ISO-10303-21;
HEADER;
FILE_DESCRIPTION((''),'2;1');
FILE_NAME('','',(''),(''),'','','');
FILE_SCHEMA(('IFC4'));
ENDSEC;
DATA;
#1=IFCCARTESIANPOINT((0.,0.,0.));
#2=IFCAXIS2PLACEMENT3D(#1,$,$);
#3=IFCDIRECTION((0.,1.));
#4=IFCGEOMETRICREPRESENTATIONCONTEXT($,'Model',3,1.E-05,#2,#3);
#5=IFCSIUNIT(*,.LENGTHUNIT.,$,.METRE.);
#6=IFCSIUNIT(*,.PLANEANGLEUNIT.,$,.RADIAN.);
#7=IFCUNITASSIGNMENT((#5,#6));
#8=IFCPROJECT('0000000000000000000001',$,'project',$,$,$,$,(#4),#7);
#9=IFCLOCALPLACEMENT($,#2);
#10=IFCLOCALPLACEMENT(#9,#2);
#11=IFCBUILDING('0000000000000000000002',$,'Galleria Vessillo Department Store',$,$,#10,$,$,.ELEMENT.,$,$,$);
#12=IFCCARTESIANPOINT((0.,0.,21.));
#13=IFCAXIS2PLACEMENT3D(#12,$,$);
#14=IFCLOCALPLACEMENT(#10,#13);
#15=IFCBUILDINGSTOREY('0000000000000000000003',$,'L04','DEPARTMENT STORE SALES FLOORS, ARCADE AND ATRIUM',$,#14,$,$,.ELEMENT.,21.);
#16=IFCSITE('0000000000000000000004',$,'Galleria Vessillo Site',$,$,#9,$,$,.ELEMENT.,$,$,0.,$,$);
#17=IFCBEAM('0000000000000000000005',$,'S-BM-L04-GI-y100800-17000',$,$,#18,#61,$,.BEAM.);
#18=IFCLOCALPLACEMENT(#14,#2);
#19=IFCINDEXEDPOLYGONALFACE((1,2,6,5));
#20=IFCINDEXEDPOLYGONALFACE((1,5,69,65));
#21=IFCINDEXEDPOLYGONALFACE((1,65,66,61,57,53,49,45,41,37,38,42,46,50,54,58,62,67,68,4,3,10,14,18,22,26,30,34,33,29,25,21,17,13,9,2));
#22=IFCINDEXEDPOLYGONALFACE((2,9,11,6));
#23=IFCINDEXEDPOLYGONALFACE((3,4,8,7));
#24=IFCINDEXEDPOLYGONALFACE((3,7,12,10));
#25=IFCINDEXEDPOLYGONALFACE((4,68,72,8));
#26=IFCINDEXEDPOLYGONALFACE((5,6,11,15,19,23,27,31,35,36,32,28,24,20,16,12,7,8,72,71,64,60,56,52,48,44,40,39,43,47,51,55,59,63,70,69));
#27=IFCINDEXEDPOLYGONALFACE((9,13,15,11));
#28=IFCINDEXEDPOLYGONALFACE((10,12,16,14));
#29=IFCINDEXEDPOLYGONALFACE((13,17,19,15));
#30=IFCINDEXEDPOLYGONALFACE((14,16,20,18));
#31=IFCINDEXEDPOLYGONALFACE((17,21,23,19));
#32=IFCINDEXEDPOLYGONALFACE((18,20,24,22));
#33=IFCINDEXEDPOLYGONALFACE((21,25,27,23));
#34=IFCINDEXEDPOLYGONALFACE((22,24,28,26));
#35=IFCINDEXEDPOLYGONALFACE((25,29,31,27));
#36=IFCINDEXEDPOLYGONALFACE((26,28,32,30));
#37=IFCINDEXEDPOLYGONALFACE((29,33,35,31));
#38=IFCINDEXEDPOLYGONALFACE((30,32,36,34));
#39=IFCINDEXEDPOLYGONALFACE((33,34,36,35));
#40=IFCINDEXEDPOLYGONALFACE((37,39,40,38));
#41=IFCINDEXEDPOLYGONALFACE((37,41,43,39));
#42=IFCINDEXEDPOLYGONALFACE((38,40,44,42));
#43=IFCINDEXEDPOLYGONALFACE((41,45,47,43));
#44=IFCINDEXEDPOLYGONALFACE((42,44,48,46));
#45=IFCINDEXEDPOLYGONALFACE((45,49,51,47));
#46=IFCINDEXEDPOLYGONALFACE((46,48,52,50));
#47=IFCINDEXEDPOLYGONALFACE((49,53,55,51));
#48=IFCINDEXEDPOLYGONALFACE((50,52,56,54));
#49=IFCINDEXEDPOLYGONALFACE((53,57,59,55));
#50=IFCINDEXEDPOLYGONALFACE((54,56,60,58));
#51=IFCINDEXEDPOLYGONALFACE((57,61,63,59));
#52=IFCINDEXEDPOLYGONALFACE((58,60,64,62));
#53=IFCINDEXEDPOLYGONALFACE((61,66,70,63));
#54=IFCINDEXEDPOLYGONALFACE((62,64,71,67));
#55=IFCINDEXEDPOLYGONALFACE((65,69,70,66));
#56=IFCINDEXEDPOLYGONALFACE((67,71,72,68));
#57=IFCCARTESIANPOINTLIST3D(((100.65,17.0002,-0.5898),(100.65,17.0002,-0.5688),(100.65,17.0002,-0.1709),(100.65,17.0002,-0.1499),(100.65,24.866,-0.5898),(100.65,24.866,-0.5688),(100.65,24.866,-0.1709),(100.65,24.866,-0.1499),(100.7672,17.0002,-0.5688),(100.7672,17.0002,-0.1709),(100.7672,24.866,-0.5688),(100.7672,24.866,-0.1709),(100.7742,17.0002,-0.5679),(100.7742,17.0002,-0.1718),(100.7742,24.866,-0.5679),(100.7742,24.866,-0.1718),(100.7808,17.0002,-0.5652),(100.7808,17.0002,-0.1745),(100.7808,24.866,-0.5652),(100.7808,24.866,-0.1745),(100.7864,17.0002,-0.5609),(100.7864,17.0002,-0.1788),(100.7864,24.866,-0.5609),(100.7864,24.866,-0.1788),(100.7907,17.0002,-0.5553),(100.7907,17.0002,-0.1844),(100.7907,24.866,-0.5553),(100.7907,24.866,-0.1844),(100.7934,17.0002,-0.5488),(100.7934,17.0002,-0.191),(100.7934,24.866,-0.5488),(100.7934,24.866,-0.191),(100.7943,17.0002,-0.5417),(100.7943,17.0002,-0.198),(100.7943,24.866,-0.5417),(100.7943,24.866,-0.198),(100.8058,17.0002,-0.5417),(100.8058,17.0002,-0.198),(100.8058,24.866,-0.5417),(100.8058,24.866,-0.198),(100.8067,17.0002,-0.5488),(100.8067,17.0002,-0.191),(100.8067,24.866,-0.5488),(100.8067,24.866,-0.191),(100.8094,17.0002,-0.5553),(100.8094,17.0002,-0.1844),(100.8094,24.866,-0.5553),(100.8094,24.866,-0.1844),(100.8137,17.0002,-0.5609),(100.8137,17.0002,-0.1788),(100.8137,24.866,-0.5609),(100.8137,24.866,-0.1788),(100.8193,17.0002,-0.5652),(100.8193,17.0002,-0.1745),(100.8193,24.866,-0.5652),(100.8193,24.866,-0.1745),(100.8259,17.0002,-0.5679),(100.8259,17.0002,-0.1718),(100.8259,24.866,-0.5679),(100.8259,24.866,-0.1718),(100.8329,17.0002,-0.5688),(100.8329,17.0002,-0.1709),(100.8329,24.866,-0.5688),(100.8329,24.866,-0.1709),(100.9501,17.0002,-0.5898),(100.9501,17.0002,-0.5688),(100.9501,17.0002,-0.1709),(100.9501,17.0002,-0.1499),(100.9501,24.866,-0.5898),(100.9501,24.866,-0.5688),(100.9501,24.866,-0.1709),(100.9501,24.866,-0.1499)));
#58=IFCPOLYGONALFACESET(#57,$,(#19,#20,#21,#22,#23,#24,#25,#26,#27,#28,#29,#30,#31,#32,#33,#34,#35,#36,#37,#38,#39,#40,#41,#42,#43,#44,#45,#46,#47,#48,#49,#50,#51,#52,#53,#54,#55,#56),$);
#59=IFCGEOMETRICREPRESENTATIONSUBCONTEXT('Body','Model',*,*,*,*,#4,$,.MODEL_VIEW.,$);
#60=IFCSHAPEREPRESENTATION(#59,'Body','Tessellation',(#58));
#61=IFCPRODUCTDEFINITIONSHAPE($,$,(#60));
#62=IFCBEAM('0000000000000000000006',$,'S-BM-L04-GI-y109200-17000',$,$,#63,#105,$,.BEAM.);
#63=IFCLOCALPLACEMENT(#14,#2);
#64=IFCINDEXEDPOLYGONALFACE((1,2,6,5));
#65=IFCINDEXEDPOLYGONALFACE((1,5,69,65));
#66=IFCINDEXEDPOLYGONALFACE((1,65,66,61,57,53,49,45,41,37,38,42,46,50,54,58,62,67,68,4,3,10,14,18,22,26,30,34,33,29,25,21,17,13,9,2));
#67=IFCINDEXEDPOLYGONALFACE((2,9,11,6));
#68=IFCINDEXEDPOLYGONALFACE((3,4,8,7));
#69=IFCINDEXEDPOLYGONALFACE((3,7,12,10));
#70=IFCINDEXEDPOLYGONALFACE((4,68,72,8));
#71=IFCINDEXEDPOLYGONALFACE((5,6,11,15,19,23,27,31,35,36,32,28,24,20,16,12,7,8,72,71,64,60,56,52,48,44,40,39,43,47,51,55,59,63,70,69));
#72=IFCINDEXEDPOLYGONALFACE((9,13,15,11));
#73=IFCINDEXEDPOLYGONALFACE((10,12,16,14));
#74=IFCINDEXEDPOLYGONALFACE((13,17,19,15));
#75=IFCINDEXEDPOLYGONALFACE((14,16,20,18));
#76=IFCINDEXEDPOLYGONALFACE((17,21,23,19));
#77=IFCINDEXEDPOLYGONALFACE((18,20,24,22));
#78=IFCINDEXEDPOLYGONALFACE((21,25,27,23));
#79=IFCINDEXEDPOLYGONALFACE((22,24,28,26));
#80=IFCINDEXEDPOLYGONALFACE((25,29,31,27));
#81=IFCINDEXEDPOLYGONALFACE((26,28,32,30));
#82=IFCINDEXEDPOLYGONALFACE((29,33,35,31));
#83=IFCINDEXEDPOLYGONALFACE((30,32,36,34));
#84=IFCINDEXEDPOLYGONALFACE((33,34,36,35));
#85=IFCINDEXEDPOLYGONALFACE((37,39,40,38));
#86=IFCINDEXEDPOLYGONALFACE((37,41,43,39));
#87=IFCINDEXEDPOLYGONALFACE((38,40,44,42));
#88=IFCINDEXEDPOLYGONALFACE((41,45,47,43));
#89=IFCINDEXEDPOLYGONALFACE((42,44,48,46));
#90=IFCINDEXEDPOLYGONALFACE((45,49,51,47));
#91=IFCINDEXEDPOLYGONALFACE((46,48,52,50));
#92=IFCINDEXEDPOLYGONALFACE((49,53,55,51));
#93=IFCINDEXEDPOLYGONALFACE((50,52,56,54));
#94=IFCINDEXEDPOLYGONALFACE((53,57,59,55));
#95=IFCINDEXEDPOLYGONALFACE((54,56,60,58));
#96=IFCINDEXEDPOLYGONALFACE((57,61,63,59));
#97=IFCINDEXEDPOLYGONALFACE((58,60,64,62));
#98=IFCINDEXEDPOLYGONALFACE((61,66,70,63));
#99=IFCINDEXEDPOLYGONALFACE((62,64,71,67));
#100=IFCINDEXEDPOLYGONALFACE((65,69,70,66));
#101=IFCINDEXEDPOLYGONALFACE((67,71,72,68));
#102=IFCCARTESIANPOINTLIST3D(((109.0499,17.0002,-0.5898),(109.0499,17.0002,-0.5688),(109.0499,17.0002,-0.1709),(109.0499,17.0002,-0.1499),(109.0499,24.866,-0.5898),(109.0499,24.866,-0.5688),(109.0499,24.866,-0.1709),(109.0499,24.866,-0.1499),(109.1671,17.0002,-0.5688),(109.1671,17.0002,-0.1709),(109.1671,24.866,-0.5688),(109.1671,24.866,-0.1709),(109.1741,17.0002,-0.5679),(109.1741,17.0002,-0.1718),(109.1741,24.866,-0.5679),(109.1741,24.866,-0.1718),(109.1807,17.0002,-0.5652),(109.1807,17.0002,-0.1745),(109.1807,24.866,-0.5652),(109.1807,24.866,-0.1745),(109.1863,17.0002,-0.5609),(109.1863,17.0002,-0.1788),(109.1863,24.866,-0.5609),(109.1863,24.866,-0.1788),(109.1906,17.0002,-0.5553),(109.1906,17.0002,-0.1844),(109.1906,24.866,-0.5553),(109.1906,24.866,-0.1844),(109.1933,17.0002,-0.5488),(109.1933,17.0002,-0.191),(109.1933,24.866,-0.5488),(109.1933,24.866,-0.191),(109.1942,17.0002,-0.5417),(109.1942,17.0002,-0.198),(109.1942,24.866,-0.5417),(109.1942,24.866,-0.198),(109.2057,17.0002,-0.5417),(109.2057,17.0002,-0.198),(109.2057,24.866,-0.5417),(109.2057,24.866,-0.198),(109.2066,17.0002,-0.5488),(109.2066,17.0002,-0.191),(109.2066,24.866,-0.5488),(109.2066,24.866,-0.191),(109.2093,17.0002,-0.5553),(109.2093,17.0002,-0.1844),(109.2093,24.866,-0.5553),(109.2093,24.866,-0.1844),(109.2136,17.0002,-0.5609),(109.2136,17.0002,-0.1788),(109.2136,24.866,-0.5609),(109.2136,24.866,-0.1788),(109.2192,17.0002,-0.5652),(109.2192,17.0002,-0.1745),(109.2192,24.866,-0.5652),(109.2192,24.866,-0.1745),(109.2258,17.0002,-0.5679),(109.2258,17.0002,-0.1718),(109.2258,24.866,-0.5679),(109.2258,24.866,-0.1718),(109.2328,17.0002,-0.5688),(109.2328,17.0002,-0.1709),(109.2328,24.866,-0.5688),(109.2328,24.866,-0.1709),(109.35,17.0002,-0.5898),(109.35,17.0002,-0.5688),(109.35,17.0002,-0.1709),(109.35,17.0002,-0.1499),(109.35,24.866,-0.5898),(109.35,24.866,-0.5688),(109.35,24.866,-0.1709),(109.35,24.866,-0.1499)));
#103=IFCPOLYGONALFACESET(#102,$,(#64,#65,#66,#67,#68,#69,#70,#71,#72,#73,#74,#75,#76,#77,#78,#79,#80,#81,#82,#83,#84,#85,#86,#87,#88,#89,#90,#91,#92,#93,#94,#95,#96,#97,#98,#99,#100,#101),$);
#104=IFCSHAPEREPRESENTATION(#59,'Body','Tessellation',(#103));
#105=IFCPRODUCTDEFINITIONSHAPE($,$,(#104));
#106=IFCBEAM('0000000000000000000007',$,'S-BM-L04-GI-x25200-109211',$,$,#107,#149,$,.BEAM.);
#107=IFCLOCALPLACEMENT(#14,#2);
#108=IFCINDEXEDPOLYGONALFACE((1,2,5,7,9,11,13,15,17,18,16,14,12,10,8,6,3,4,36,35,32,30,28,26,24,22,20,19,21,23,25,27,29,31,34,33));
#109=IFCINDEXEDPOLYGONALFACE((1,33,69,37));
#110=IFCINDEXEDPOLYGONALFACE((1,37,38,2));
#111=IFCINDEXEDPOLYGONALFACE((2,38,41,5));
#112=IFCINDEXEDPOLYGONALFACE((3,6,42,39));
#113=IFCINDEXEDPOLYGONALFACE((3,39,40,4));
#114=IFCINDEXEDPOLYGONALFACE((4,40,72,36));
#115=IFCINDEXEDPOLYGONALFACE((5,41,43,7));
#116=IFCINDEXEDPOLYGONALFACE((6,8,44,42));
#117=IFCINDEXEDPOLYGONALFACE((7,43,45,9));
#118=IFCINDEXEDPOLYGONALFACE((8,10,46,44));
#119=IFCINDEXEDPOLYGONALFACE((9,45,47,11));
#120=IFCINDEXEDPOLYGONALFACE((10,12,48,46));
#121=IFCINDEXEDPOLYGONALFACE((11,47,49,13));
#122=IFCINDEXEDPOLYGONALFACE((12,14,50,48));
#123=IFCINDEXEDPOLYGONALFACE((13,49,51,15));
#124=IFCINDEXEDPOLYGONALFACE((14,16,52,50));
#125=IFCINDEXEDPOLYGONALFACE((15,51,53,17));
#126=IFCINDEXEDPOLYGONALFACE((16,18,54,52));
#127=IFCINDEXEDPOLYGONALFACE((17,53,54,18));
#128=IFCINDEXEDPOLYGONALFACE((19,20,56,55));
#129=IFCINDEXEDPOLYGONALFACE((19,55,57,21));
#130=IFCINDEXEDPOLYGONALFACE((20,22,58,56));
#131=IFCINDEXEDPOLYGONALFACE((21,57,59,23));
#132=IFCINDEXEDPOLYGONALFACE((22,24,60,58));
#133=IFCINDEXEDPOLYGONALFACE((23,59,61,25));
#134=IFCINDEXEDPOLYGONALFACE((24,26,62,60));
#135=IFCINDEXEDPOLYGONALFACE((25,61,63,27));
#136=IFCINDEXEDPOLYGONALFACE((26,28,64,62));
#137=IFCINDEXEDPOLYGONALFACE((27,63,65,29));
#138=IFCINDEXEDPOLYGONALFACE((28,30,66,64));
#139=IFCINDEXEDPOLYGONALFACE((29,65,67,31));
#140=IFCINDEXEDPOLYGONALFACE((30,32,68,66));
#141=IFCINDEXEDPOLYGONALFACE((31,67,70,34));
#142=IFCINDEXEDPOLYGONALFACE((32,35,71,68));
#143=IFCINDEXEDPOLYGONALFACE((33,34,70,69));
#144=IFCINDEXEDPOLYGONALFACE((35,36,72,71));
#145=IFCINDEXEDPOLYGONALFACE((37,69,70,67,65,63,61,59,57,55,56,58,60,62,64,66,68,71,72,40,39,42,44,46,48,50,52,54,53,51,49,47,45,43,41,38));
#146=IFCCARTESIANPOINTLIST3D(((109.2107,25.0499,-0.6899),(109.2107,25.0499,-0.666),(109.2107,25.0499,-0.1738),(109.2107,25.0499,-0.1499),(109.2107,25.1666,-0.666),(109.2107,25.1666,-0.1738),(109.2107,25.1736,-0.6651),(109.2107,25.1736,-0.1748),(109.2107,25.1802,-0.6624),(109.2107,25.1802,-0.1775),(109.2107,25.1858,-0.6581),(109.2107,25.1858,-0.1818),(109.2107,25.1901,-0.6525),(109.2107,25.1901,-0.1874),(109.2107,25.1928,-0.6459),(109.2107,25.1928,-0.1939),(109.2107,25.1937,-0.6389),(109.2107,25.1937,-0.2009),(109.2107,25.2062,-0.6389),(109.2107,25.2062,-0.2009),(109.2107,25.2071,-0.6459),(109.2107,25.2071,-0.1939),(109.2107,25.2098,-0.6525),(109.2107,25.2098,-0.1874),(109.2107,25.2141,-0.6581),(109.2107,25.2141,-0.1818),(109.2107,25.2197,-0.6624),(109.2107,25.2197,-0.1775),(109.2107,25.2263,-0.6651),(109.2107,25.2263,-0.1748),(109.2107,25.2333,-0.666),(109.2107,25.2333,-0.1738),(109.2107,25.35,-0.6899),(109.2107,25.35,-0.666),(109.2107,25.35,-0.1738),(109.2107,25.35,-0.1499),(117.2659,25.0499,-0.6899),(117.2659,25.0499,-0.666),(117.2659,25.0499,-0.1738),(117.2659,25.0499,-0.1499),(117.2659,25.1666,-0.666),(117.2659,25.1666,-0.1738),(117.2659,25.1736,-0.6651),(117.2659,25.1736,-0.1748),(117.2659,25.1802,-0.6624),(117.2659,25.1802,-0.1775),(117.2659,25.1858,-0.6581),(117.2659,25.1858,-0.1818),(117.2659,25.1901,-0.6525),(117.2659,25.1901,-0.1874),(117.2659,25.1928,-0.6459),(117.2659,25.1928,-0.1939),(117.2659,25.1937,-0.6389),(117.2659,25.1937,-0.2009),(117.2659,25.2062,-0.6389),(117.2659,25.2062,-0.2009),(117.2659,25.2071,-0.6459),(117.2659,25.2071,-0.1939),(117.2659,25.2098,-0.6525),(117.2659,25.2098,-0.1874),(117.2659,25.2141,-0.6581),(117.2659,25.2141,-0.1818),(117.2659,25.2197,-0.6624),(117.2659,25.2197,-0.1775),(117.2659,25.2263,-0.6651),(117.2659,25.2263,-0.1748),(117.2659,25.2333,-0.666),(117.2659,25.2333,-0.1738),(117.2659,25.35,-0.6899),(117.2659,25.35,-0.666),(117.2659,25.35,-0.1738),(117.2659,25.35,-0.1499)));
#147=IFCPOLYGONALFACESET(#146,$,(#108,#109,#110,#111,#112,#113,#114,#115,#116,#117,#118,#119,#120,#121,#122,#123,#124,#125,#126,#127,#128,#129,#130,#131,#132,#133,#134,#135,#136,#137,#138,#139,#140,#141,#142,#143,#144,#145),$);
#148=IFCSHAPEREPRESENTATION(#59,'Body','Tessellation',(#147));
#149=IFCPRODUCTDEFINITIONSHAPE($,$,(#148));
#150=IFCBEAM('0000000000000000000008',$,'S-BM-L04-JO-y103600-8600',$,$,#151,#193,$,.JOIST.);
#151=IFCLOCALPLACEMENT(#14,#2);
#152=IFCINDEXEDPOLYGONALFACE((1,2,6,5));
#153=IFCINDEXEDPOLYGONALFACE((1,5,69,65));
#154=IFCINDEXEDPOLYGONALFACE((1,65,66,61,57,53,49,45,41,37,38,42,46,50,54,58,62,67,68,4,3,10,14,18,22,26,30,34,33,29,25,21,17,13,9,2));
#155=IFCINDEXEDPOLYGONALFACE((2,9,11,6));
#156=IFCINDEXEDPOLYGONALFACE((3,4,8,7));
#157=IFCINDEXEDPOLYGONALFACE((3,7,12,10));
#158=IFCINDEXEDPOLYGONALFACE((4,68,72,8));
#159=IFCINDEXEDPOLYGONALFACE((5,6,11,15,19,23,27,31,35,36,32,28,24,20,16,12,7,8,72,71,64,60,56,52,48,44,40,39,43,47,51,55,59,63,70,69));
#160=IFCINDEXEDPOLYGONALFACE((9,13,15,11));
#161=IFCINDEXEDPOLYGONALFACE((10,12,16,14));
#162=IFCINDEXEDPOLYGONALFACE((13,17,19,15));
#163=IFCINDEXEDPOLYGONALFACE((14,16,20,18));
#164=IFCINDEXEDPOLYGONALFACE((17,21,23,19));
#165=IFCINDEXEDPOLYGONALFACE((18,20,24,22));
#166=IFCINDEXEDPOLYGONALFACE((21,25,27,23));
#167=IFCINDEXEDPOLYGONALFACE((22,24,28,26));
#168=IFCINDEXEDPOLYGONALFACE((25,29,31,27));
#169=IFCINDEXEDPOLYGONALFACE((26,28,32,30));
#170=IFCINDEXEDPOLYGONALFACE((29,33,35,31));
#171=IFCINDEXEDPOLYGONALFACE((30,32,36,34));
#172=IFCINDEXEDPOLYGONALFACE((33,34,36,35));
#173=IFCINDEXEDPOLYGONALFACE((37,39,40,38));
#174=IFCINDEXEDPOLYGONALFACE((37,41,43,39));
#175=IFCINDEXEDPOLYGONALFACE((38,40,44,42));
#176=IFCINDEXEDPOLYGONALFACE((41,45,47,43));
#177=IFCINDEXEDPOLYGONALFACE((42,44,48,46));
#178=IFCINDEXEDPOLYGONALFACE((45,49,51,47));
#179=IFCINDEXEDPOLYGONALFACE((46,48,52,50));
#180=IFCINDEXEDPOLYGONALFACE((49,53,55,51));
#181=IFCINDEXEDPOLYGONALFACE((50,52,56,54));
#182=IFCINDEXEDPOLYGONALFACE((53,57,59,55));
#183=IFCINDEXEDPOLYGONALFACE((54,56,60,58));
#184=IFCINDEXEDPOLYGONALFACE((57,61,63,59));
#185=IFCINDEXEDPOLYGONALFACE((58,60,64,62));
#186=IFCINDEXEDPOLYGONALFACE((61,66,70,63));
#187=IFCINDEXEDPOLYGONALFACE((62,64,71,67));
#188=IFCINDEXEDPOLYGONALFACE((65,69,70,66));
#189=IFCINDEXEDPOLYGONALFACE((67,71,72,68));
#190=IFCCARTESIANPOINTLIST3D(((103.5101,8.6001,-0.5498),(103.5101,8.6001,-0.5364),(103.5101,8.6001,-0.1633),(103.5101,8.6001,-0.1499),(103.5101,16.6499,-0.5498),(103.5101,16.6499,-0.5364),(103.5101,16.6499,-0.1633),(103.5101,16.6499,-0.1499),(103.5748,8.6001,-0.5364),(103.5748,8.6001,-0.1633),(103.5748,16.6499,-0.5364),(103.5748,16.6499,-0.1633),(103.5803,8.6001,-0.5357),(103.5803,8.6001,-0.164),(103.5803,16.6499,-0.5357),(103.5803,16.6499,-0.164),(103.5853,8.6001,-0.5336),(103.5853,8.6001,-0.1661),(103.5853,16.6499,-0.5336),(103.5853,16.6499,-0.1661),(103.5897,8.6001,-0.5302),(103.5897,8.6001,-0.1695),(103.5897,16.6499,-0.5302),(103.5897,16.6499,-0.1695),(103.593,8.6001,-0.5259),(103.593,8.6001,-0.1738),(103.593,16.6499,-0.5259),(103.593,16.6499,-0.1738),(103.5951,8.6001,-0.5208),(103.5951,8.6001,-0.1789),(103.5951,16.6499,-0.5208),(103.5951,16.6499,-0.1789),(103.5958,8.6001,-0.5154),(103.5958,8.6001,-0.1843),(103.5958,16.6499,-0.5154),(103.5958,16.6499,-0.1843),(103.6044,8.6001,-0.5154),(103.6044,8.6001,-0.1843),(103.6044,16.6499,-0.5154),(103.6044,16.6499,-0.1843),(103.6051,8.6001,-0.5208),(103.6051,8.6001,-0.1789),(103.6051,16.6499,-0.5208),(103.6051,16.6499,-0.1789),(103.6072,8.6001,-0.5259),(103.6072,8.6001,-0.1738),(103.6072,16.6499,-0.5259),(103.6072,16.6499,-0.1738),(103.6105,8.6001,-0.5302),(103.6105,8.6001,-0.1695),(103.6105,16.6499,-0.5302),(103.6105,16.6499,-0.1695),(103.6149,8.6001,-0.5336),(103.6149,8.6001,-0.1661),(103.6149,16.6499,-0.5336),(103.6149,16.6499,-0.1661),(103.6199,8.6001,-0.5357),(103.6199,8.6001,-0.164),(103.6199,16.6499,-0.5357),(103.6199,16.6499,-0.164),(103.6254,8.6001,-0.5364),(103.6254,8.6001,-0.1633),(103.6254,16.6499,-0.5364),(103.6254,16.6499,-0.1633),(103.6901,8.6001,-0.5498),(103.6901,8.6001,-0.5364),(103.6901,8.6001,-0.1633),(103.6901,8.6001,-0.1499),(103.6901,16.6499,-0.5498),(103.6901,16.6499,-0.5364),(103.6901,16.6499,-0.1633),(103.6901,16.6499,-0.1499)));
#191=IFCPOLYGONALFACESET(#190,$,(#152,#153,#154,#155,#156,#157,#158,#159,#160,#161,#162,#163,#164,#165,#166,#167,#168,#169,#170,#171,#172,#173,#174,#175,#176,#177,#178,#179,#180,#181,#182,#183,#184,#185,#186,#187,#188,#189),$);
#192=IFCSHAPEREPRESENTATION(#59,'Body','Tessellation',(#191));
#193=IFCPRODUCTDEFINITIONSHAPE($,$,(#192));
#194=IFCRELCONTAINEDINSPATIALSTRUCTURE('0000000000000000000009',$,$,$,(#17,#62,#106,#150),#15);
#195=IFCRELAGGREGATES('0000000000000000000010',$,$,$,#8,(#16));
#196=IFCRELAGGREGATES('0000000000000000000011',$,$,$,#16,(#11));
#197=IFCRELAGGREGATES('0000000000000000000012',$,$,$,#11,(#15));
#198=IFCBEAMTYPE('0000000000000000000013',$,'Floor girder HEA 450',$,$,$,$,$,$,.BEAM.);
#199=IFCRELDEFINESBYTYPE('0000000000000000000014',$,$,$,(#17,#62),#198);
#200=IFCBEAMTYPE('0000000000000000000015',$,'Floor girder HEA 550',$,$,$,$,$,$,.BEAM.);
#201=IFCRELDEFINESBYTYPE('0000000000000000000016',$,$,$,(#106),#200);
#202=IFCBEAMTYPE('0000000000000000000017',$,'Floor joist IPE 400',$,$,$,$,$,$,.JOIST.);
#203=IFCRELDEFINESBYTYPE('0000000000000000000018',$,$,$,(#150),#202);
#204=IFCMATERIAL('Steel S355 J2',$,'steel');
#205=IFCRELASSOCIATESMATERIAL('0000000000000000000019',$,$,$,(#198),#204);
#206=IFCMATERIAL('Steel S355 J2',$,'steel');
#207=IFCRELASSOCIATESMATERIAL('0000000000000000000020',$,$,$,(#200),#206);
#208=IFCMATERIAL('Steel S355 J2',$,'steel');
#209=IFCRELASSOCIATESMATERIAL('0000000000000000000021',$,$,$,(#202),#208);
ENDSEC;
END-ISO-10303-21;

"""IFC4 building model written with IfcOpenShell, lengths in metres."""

from ifc_helpers import new_model, si_unit, direction, frame, origin, origin_2d, place, context, subcontext, project, spatial, i_section, extrude, material, material_profile, profile_set, type_object, element, save


model = new_model("IFC4")

# Units and contexts
model_context = context("Model", 3, precision=1e-05, world=origin(), true_north=direction((0.0, 1.0)))
body_context = subcontext(model_context, "Body", "Model", "MODEL_VIEW")
ifc_project = project(units=[si_unit("LENGTHUNIT", "METRE"), si_unit("PLANEANGLEUNIT", "RADIAN")], contexts=[model_context])

# Site, building, storey
site_placement = place(None, origin())
site = spatial("IfcSite", under=ifc_project, at=site_placement, Name="Galleria Vessillo Site", CompositionType="ELEMENT", RefElevation=0.0)
building_placement = place(site_placement, origin())
building = spatial("IfcBuilding", under=site, at=building_placement, Name="Galleria Vessillo Department Store", CompositionType="ELEMENT")
storey_placement = place(building_placement, frame((0.0, 0.0, 21.0)))
storey = spatial("IfcBuildingStorey", under=building, at=storey_placement, Name="L04", Description="DEPARTMENT STORE SALES FLOORS, ARCADE AND ATRIUM", CompositionType="ELEMENT", Elevation=21.0)

# Beams
ifc_material_1 = material(Name="Steel S355 J2", Category="steel")
ifc_material_profile_1 = material_profile(ifc_material_1, i_section(OverallWidth=0.3, OverallDepth=0.4399, WebThickness=0.0115, FlangeThickness=0.021, FilletRadius=0.0271, at=origin_2d()), Name="HEA 450")
ifc_profile_set_1 = profile_set([ifc_material_profile_1], Name="Steel S355 J2")
beam_type_1 = type_object("IfcBeamType", Name="Floor girder HEA 450", PredefinedType="BEAM", material=ifc_profile_set_1)
for number, where, z_axis, x_axis, name in (
    (1, (100.8, 17.0002, -0.3699), (0.0, 1.0, 0.0), (-1.0, 0.0, 0.0), "S-BM-L04-GI-y100800-17000"),
    (2, (109.2, 17.0002, -0.3699), (0.0, 1.0, 0.0), (-1.0, 0.0, 0.0), "S-BM-L04-GI-y109200-17000"),
):
    element("IfcBeam", number, at=place(storey_placement, frame(where, z_axis=z_axis, x_axis=x_axis)), inside=storey, type_object=beam_type_1, Name=name, PredefinedType="BEAM", context=body_context, shape_type="SweptSolid", body=[
        extrude(i_section(OverallWidth=0.3, OverallDepth=0.4399, WebThickness=0.0115, FlangeThickness=0.021, FilletRadius=0.0271, at=origin_2d()), origin(), (0.0, 0.0, 1.0), 7.8657),
    ])
ifc_material_2 = material(Name="Steel S355 J2", Category="steel")
ifc_material_profile_2 = material_profile(ifc_material_2, i_section(OverallWidth=0.3, OverallDepth=0.54, WebThickness=0.0125, FlangeThickness=0.0239, FilletRadius=0.0271, at=origin_2d()), Name="HEA 550")
ifc_profile_set_2 = profile_set([ifc_material_profile_2], Name="Steel S355 J2")
beam_type_2 = type_object("IfcBeamType", Name="Floor girder HEA 550", PredefinedType="BEAM", material=ifc_profile_set_2)
beam_1_placement = place(storey_placement, frame((109.2107, 25.2, -0.4199), z_axis=(1.0, 0.0, 0.0), x_axis=(0.0, 1.0, 0.0)))
element("IfcBeam", 3, at=beam_1_placement, inside=storey, type_object=beam_type_2, Name="S-BM-L04-GI-x25200-109211", PredefinedType="BEAM", context=body_context, shape_type="SweptSolid", body=[
    extrude(i_section(OverallWidth=0.3, OverallDepth=0.54, WebThickness=0.0125, FlangeThickness=0.0239, FilletRadius=0.0271, at=origin_2d()), origin(), (0.0, 0.0, 1.0), 8.0552),
])
ifc_material_3 = material(Name="Steel S355 J2", Category="steel")
ifc_material_profile_3 = material_profile(ifc_material_3, i_section(OverallWidth=0.1799, OverallDepth=0.3999, WebThickness=0.0085, FlangeThickness=0.0134, FilletRadius=0.021, at=origin_2d()), Name="IPE 400")
ifc_profile_set_3 = profile_set([ifc_material_profile_3], Name="Steel S355 J2")
beam_type_3 = type_object("IfcBeamType", Name="Floor joist IPE 400", PredefinedType="JOIST", material=ifc_profile_set_3)
for number, where, z_axis, x_axis, name in (
    (4, (103.6001, 8.6001, -0.3499), (0.0, 1.0, 0.0), (-1.0, 0.0, 0.0), "S-BM-L04-JO-y103600-8600"),
):
    element("IfcBeam", number, at=place(storey_placement, frame(where, z_axis=z_axis, x_axis=x_axis)), inside=storey, type_object=beam_type_3, Name=name, PredefinedType="JOIST", context=body_context, shape_type="SweptSolid", body=[
        extrude(i_section(OverallWidth=0.1799, OverallDepth=0.3999, WebThickness=0.0085, FlangeThickness=0.0134, FilletRadius=0.021, at=origin_2d()), origin(), (0.0, 0.0, 1.0), 8.0498),
    ])

save(model, "model.ifc")
